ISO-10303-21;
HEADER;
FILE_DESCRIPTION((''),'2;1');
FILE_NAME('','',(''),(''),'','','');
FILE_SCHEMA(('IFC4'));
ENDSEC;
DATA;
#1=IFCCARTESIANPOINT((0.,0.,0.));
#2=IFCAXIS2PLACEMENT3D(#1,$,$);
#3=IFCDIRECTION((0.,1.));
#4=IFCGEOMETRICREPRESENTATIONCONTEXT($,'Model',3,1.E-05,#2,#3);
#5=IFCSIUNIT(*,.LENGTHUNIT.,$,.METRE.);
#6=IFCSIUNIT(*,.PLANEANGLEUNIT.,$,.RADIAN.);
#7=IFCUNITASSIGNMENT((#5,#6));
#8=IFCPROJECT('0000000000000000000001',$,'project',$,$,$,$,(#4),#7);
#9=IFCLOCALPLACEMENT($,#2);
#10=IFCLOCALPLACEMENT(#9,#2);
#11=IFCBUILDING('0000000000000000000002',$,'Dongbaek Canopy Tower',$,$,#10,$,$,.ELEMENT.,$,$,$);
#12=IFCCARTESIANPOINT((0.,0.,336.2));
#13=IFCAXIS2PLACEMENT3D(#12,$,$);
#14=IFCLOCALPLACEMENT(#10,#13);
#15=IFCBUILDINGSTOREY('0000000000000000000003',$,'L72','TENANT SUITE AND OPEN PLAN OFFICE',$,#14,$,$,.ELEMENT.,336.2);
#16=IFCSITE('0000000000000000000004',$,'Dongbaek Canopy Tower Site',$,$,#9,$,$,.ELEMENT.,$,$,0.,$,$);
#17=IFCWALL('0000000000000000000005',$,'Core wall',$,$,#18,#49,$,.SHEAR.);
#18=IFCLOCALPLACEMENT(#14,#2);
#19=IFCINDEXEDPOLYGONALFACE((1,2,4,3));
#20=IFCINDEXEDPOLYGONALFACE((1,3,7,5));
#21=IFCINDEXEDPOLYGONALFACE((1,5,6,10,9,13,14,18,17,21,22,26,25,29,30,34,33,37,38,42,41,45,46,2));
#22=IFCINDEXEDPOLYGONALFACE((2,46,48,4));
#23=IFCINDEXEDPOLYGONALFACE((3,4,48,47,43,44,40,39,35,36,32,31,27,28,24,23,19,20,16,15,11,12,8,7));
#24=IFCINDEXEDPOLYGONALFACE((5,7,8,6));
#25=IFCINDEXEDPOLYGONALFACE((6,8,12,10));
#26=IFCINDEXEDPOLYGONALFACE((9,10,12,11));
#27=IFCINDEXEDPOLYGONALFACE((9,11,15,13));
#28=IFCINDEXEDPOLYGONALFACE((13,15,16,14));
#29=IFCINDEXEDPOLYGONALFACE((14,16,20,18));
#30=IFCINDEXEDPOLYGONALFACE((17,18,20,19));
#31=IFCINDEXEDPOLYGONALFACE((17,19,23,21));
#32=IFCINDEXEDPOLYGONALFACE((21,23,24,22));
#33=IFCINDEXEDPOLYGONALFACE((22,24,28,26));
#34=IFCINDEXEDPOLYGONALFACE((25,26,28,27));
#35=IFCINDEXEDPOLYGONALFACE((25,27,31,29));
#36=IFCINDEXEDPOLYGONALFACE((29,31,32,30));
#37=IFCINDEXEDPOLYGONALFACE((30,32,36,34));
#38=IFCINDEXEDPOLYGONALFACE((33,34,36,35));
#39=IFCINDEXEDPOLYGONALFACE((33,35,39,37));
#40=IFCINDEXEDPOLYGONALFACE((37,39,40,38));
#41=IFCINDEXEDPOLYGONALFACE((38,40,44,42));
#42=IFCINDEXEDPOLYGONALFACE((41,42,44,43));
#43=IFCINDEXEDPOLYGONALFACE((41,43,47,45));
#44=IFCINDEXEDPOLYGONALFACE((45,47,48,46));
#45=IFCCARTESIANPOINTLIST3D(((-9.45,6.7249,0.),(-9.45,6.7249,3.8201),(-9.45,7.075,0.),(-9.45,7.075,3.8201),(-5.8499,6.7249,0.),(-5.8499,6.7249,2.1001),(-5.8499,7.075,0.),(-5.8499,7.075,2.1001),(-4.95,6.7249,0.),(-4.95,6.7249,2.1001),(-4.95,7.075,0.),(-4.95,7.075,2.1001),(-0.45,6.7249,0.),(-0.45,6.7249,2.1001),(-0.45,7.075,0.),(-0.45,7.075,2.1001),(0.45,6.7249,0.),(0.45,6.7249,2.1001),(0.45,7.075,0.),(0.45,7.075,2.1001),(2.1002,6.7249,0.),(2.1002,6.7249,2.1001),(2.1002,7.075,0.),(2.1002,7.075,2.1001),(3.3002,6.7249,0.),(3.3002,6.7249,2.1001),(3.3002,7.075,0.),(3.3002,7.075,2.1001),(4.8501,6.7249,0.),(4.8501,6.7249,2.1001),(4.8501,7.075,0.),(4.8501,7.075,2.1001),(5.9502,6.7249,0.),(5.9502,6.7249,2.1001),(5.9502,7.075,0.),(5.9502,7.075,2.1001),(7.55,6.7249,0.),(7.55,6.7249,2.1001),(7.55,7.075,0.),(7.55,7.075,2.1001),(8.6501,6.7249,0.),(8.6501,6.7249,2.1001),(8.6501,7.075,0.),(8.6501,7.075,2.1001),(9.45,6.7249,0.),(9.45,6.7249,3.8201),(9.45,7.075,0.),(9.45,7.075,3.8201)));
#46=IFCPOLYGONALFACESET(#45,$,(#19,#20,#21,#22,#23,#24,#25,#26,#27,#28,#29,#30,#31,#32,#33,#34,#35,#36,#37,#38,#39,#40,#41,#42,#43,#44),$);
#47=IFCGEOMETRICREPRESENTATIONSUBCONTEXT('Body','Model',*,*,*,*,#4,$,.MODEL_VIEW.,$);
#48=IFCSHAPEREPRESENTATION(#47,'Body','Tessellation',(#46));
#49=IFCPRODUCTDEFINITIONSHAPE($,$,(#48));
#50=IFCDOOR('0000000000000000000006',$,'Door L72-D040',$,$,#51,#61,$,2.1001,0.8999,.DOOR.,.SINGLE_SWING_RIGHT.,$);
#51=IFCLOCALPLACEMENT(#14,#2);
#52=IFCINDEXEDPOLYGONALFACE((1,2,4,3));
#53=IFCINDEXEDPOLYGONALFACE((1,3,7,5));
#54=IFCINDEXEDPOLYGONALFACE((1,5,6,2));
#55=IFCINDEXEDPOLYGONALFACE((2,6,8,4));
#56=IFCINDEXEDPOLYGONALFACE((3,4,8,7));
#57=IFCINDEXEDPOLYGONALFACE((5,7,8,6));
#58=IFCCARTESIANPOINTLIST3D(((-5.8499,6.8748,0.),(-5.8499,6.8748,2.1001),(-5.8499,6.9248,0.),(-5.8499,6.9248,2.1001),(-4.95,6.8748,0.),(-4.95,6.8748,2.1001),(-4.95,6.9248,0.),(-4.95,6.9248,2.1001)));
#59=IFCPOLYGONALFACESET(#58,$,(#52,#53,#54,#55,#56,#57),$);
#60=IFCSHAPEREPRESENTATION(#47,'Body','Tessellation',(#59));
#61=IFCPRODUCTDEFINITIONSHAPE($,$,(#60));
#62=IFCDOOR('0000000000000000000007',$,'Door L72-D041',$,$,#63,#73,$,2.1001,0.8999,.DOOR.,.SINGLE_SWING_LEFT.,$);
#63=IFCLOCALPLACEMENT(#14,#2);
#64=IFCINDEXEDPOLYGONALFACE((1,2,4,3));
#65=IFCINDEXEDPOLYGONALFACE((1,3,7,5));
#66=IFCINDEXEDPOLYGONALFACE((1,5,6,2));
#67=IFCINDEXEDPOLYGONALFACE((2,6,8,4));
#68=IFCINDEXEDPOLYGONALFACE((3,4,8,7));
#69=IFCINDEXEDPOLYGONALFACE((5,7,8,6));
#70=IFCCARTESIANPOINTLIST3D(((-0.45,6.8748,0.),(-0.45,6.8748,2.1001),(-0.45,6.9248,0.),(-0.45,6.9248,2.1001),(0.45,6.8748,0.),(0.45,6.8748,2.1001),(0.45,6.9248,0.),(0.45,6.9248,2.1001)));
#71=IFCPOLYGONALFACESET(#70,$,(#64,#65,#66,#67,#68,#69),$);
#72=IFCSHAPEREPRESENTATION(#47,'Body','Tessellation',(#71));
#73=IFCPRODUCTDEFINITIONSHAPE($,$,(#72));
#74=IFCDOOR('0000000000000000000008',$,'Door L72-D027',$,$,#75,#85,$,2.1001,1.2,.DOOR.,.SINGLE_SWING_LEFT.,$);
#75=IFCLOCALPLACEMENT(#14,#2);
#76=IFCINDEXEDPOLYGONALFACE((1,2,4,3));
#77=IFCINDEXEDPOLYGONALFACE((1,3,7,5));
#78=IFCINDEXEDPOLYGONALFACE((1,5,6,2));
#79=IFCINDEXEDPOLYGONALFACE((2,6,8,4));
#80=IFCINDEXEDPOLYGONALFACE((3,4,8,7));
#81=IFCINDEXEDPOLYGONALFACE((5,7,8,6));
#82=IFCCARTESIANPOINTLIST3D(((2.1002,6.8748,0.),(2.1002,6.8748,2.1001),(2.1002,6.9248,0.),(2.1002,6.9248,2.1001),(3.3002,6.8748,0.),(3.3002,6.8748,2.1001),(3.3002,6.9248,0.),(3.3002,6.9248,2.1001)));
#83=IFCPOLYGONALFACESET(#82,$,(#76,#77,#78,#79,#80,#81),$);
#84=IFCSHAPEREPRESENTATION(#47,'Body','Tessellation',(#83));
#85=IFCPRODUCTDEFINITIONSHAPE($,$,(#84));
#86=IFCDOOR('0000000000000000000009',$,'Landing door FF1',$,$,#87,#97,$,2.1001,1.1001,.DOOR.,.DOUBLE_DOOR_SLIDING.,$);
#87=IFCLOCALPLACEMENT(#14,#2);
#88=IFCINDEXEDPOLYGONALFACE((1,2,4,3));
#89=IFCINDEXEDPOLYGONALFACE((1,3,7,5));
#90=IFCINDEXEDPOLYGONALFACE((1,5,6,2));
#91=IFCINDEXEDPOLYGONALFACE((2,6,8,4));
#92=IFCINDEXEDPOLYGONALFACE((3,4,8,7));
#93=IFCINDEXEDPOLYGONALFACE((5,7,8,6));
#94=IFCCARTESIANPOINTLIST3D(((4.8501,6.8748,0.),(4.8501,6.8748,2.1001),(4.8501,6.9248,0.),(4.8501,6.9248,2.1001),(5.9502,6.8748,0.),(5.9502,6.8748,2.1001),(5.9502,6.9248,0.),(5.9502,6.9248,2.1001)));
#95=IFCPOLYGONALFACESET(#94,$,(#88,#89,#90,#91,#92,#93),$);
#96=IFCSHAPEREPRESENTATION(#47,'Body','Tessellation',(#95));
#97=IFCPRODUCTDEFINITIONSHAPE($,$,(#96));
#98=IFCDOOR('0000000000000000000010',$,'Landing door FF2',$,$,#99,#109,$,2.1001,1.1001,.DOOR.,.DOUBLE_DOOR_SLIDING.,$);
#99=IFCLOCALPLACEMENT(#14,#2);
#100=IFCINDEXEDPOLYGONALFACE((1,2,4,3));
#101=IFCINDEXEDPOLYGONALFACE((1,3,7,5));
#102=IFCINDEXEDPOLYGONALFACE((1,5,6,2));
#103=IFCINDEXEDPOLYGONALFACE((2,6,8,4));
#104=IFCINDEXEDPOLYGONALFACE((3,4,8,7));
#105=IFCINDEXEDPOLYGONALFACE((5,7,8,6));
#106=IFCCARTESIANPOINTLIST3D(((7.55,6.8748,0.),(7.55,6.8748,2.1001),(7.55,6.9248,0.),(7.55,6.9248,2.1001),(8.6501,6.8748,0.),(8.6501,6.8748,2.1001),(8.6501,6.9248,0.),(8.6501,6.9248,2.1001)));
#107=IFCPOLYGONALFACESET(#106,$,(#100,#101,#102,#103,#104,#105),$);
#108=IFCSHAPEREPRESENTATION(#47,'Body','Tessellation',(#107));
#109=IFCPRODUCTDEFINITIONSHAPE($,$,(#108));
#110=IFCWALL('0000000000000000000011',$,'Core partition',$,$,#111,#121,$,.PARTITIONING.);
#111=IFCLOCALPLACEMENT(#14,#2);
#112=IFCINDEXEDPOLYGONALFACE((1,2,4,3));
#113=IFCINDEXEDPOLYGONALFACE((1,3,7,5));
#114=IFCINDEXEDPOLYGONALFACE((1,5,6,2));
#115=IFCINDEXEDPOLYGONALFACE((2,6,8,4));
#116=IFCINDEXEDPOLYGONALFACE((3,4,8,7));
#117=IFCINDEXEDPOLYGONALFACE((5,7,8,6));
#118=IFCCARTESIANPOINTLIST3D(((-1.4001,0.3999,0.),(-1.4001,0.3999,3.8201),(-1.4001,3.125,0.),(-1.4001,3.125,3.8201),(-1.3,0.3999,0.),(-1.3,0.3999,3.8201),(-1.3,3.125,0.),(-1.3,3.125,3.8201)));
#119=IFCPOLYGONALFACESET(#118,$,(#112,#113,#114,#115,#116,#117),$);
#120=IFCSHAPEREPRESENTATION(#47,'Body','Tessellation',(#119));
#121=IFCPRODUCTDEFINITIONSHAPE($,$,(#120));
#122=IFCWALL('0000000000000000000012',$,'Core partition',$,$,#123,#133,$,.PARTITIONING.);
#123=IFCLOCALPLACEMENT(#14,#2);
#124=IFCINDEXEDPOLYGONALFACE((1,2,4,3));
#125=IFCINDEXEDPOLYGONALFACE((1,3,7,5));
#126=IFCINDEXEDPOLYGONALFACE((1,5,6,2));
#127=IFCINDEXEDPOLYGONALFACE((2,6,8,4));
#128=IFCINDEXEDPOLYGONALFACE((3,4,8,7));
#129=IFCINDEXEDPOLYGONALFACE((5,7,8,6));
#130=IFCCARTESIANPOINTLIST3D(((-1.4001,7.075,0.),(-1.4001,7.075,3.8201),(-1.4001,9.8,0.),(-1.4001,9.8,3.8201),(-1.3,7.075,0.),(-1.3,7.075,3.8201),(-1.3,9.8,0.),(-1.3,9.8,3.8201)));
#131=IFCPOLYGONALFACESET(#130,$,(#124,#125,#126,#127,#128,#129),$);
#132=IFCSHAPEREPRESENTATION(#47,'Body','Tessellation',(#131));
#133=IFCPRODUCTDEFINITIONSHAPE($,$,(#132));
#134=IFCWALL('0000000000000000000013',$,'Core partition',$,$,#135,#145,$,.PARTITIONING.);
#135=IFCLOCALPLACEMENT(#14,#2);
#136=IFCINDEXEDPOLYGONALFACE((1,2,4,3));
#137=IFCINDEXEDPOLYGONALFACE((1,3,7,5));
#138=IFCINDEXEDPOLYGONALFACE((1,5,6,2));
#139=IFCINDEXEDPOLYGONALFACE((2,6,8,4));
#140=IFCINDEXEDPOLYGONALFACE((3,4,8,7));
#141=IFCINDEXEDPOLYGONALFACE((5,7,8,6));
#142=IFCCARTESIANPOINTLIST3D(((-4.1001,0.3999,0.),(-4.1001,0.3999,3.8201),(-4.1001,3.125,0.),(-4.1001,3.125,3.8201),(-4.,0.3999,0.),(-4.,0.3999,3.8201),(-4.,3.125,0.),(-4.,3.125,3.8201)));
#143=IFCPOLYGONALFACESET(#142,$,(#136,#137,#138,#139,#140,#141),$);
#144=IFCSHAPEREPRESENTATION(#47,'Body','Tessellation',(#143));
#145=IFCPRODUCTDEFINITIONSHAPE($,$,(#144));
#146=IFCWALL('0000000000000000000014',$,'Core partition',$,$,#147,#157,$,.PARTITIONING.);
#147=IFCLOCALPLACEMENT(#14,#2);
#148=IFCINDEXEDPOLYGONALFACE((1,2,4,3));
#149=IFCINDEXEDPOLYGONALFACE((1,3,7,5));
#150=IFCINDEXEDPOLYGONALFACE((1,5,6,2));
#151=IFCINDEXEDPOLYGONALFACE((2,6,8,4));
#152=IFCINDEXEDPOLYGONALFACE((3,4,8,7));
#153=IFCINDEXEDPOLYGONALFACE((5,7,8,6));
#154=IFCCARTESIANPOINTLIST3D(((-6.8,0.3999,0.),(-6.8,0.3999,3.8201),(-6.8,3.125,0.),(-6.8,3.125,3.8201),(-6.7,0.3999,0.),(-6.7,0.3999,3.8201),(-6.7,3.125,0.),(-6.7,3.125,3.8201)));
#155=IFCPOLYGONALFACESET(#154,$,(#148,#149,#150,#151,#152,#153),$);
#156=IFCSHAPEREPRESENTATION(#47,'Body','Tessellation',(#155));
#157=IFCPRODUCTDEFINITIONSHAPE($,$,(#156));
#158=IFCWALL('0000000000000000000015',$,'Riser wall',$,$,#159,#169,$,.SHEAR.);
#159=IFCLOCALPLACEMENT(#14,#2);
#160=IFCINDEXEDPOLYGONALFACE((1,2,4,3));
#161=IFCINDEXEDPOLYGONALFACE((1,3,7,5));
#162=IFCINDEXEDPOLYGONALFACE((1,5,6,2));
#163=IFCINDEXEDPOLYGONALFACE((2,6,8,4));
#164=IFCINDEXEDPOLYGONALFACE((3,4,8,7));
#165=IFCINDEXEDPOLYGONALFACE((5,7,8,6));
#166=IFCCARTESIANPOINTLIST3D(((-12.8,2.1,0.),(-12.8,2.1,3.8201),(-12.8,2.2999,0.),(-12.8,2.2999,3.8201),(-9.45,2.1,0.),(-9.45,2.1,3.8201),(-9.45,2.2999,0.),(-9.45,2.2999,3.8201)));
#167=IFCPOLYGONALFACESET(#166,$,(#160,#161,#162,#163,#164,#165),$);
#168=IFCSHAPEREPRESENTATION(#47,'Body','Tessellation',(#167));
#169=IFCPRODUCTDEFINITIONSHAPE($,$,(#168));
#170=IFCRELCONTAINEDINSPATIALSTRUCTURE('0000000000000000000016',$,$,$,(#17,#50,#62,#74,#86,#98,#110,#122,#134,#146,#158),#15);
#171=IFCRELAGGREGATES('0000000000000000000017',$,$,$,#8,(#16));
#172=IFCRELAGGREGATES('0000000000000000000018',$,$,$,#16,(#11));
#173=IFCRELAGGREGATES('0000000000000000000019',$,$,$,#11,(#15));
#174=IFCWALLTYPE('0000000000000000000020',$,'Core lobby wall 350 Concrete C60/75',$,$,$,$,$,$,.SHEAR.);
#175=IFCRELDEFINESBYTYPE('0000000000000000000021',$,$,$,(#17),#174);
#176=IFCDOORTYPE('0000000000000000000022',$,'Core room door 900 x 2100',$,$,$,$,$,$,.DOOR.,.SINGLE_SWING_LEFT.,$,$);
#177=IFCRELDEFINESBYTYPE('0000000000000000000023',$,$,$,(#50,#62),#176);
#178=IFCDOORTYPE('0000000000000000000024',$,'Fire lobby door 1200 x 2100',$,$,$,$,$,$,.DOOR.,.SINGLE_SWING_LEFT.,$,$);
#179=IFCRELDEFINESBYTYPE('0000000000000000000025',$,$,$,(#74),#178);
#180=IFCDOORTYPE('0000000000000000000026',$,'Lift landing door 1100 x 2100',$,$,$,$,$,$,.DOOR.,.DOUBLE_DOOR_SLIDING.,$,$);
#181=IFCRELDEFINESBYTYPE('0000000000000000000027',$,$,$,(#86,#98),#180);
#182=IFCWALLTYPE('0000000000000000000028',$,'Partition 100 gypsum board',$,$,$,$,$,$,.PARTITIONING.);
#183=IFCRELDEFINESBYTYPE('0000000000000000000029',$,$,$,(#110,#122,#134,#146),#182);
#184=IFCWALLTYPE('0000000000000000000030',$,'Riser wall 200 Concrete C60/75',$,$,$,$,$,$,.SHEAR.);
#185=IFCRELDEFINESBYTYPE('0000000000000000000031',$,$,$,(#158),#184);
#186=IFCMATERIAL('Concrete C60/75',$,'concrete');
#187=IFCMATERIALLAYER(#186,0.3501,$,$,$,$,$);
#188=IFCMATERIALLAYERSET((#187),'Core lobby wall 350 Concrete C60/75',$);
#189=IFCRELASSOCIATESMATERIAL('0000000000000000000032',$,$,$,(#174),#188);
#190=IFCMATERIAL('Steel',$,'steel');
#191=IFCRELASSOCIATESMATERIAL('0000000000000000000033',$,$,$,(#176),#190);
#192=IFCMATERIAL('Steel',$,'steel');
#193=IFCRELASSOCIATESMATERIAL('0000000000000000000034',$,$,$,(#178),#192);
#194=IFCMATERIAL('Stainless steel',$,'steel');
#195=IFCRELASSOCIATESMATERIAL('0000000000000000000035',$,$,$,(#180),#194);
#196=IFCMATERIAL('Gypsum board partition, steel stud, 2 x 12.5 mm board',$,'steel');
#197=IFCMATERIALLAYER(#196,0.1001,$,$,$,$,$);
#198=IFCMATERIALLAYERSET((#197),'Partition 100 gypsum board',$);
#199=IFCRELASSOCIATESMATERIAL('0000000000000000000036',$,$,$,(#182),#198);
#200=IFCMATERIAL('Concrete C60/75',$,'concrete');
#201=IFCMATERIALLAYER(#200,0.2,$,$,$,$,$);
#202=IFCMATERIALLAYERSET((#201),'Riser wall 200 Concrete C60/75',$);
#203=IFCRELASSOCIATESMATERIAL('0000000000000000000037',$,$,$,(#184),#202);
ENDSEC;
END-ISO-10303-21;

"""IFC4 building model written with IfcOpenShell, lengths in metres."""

from ifc_helpers import new_model, si_unit, direction, frame, frame_2d, origin, place, context, subcontext, project, spatial, rectangle, extrude, material, layer, layer_set, type_object, element, fill, save


model = new_model("IFC4")

# Units and contexts
model_context = context("Model", 3, precision=1e-05, world=origin(), true_north=direction((0.0, 1.0)))
body_context = subcontext(model_context, "Body", "Model", "MODEL_VIEW")
ifc_project = project(units=[si_unit("LENGTHUNIT", "METRE"), si_unit("PLANEANGLEUNIT", "RADIAN")], contexts=[model_context])

# Site, building, storey
site_placement = place(None, origin())
site = spatial("IfcSite", under=ifc_project, at=site_placement, Name="Dongbaek Canopy Tower Site", CompositionType="ELEMENT", RefElevation=0.0)
building_placement = place(site_placement, origin())
building = spatial("IfcBuilding", under=site, at=building_placement, Name="Dongbaek Canopy Tower", CompositionType="ELEMENT")
storey_placement = place(building_placement, frame((0.0, 0.0, 336.2)))
storey = spatial("IfcBuildingStorey", under=building, at=storey_placement, Name="L72", Description="TENANT SUITE AND OPEN PLAN OFFICE", CompositionType="ELEMENT", Elevation=336.2)

# Wall, openings, doors
ifc_material_1 = material(Name="Concrete C60/75", Category="concrete")
ifc_layer_1 = layer(ifc_material_1, 0.3501)
ifc_layer_set_1 = layer_set([ifc_layer_1], Name="Core lobby wall 350 Concrete C60/75")
wall_type_1 = type_object("IfcWallType", Name="Core lobby wall 350 Concrete C60/75", PredefinedType="SHEAR", material=ifc_layer_set_1)
wall_1_placement = place(storey_placement, frame((-9.45, 6.8999, 0.0), z_axis=(0.0, 0.0, 1.0), x_axis=(1.0, 0.0, 0.0)))
wall_1 = element("IfcWall", 1, at=wall_1_placement, inside=storey, type_object=wall_type_1, Name="Core wall", PredefinedType="SHEAR", context=body_context, shape_type="SweptSolid", body=[
    extrude(rectangle(XDim=18.8999, YDim=0.3501, at=frame_2d((9.45, 0.0))), origin(), (0.0, 0.0, 1.0), 3.8201),
])
opening_1_placement = place(wall_1_placement, frame((11.55, 0.0, 0.0)))
opening_1 = element("IfcOpeningElement", 2, at=opening_1_placement, cuts=wall_1, PredefinedType="OPENING", context=body_context, shape_type="SweptSolid", body=[
    extrude(rectangle(XDim=1.2, YDim=2.1001, at=frame_2d((0.6001, 1.05))), frame((0.0, 0.1851, 0.0), z_axis=(0.0, -1.0, 0.0), x_axis=(1.0, 0.0, 0.0)), (0.0, 0.0, 1.0), 0.3701),
])
opening_2_placement = place(wall_1_placement, frame((14.3, 0.0, 0.0)))
opening_2 = element("IfcOpeningElement", 3, at=opening_2_placement, cuts=wall_1, PredefinedType="OPENING", context=body_context, shape_type="SweptSolid", body=[
    extrude(rectangle(XDim=1.1001, YDim=2.1001, at=frame_2d((0.55, 1.05))), frame((0.0, 0.1851, 0.0), z_axis=(0.0, -1.0, 0.0), x_axis=(1.0, 0.0, 0.0)), (0.0, 0.0, 1.0), 0.3701),
])
opening_3_placement = place(wall_1_placement, frame((17.0, 0.0, 0.0)))
opening_3 = element("IfcOpeningElement", 4, at=opening_3_placement, cuts=wall_1, PredefinedType="OPENING", context=body_context, shape_type="SweptSolid", body=[
    extrude(rectangle(XDim=1.1001, YDim=2.1001, at=frame_2d((0.55, 1.05))), frame((0.0, 0.1851, 0.0), z_axis=(0.0, -1.0, 0.0), x_axis=(1.0, 0.0, 0.0)), (0.0, 0.0, 1.0), 0.3701),
])
opening_4_placement = place(wall_1_placement, frame((3.6001, 0.0, 0.0)))
opening_4 = element("IfcOpeningElement", 5, at=opening_4_placement, cuts=wall_1, PredefinedType="OPENING", context=body_context, shape_type="SweptSolid", body=[
    extrude(rectangle(XDim=0.8999, YDim=2.1001, at=frame_2d((0.45, 1.05))), frame((0.0, 0.1851, 0.0), z_axis=(0.0, -1.0, 0.0), x_axis=(1.0, 0.0, 0.0)), (0.0, 0.0, 1.0), 0.3701),
])
opening_5_placement = place(wall_1_placement, frame((9.0, 0.0, 0.0)))
opening_5 = element("IfcOpeningElement", 6, at=opening_5_placement, cuts=wall_1, PredefinedType="OPENING", context=body_context, shape_type="SweptSolid", body=[
    extrude(rectangle(XDim=0.8999, YDim=2.1001, at=frame_2d((0.45, 1.05))), frame((0.0, 0.1851, 0.0), z_axis=(0.0, -1.0, 0.0), x_axis=(1.0, 0.0, 0.0)), (0.0, 0.0, 1.0), 0.3701),
])
ifc_material_2 = material(Name="Steel", Category="steel")
door_type_1 = type_object("IfcDoorType", Name="Core room door 900 x 2100", OperationType="SINGLE_SWING_LEFT", PredefinedType="DOOR", material=ifc_material_2)
door_1_placement = place(opening_4_placement, origin())
door_1 = element("IfcDoor", 7, at=door_1_placement, inside=storey, type_object=door_type_1, Name="Door L72-D040", OperationType="SINGLE_SWING_RIGHT", OverallHeight=2.1001, OverallWidth=0.8999, PredefinedType="DOOR", context=body_context, shape_type="SweptSolid", body=[
    extrude(rectangle(XDim=0.8999, YDim=2.1001, at=frame_2d((0.45, 1.05))), frame((0.0, 0.0249, 0.0), z_axis=(0.0, -1.0, 0.0), x_axis=(1.0, 0.0, 0.0)), (0.0, 0.0, 1.0), 0.05),
])
fill(opening_4, door_1)
door_2_placement = place(opening_5_placement, origin())
door_2 = element("IfcDoor", 8, at=door_2_placement, inside=storey, type_object=door_type_1, Name="Door L72-D041", OperationType="SINGLE_SWING_LEFT", OverallHeight=2.1001, OverallWidth=0.8999, PredefinedType="DOOR", context=body_context, shape_type="SweptSolid", body=[
    extrude(rectangle(XDim=0.8999, YDim=2.1001, at=frame_2d((0.45, 1.05))), frame((0.0, 0.0249, 0.0), z_axis=(0.0, -1.0, 0.0), x_axis=(1.0, 0.0, 0.0)), (0.0, 0.0, 1.0), 0.05),
])
fill(opening_5, door_2)
ifc_material_3 = material(Name="Steel", Category="steel")
door_type_2 = type_object("IfcDoorType", Name="Fire lobby door 1200 x 2100", OperationType="SINGLE_SWING_LEFT", PredefinedType="DOOR", material=ifc_material_3)
door_3_placement = place(opening_1_placement, origin())
door_3 = element("IfcDoor", 9, at=door_3_placement, inside=storey, type_object=door_type_2, Name="Door L72-D027", OperationType="SINGLE_SWING_LEFT", OverallHeight=2.1001, OverallWidth=1.2, PredefinedType="DOOR", context=body_context, shape_type="SweptSolid", body=[
    extrude(rectangle(XDim=1.2, YDim=2.1001, at=frame_2d((0.6001, 1.05))), frame((0.0, 0.0249, 0.0), z_axis=(0.0, -1.0, 0.0), x_axis=(1.0, 0.0, 0.0)), (0.0, 0.0, 1.0), 0.05),
])
fill(opening_1, door_3)
ifc_material_4 = material(Name="Stainless steel", Category="steel")
door_type_3 = type_object("IfcDoorType", Name="Lift landing door 1100 x 2100", OperationType="DOUBLE_DOOR_SLIDING", PredefinedType="DOOR", material=ifc_material_4)
door_4_placement = place(opening_2_placement, origin())
door_4 = element("IfcDoor", 10, at=door_4_placement, inside=storey, type_object=door_type_3, Name="Landing door FF1", OperationType="DOUBLE_DOOR_SLIDING", OverallHeight=2.1001, OverallWidth=1.1001, PredefinedType="DOOR", context=body_context, shape_type="SweptSolid", body=[
    extrude(rectangle(XDim=1.1001, YDim=2.1001, at=frame_2d((0.55, 1.05))), frame((0.0, 0.0249, 0.0), z_axis=(0.0, -1.0, 0.0), x_axis=(1.0, 0.0, 0.0)), (0.0, 0.0, 1.0), 0.05),
])
fill(opening_2, door_4)
door_5_placement = place(opening_3_placement, origin())
door_5 = element("IfcDoor", 11, at=door_5_placement, inside=storey, type_object=door_type_3, Name="Landing door FF2", OperationType="DOUBLE_DOOR_SLIDING", OverallHeight=2.1001, OverallWidth=1.1001, PredefinedType="DOOR", context=body_context, shape_type="SweptSolid", body=[
    extrude(rectangle(XDim=1.1001, YDim=2.1001, at=frame_2d((0.55, 1.05))), frame((0.0, 0.0249, 0.0), z_axis=(0.0, -1.0, 0.0), x_axis=(1.0, 0.0, 0.0)), (0.0, 0.0, 1.0), 0.05),
])
fill(opening_3, door_5)

# Walls
ifc_material_5 = material(Name="Gypsum board partition, steel stud, 2 x 12.5 mm board", Category="steel")
ifc_layer_2 = layer(ifc_material_5, 0.1001)
ifc_layer_set_2 = layer_set([ifc_layer_2], Name="Partition 100 gypsum board")
wall_type_2 = type_object("IfcWallType", Name="Partition 100 gypsum board", PredefinedType="PARTITIONING", material=ifc_layer_set_2)
for number, where, z_axis, x_axis, name in (
    (12, (-1.3501, 0.3999, 0.0), (0.0, 0.0, 1.0), (0.0, 1.0, 0.0), "Core partition"),
    (13, (-1.3501, 7.075, 0.0), (0.0, 0.0, 1.0), (0.0, 1.0, 0.0), "Core partition"),
    (14, (-4.05, 0.3999, 0.0), (0.0, 0.0, 1.0), (0.0, 1.0, 0.0), "Core partition"),
    (15, (-6.75, 0.3999, 0.0), (0.0, 0.0, 1.0), (0.0, 1.0, 0.0), "Core partition"),
):
    element("IfcWall", number, at=place(storey_placement, frame(where, z_axis=z_axis, x_axis=x_axis)), inside=storey, type_object=wall_type_2, Name=name, PredefinedType="PARTITIONING", context=body_context, shape_type="SweptSolid", body=[
        extrude(rectangle(XDim=2.7251, YDim=0.1001, at=frame_2d((1.3625, 0.0))), origin(), (0.0, 0.0, 1.0), 3.8201),
    ])
ifc_material_6 = material(Name="Concrete C60/75", Category="concrete")
ifc_layer_3 = layer(ifc_material_6, 0.2)
ifc_layer_set_3 = layer_set([ifc_layer_3], Name="Riser wall 200 Concrete C60/75")
wall_type_3 = type_object("IfcWallType", Name="Riser wall 200 Concrete C60/75", PredefinedType="SHEAR", material=ifc_layer_set_3)
wall_2_placement = place(storey_placement, frame((-9.45, 2.2, 0.0), z_axis=(0.0, 0.0, 1.0), x_axis=(-1.0, 0.0, 0.0)))
element("IfcWall", 16, at=wall_2_placement, inside=storey, type_object=wall_type_3, Name="Riser wall", PredefinedType="SHEAR", context=body_context, shape_type="SweptSolid", body=[
    extrude(rectangle(XDim=3.3501, YDim=0.2, at=frame_2d((1.675, 0.0))), origin(), (0.0, 0.0, 1.0), 3.8201),
])

save(model, "model.ifc")
